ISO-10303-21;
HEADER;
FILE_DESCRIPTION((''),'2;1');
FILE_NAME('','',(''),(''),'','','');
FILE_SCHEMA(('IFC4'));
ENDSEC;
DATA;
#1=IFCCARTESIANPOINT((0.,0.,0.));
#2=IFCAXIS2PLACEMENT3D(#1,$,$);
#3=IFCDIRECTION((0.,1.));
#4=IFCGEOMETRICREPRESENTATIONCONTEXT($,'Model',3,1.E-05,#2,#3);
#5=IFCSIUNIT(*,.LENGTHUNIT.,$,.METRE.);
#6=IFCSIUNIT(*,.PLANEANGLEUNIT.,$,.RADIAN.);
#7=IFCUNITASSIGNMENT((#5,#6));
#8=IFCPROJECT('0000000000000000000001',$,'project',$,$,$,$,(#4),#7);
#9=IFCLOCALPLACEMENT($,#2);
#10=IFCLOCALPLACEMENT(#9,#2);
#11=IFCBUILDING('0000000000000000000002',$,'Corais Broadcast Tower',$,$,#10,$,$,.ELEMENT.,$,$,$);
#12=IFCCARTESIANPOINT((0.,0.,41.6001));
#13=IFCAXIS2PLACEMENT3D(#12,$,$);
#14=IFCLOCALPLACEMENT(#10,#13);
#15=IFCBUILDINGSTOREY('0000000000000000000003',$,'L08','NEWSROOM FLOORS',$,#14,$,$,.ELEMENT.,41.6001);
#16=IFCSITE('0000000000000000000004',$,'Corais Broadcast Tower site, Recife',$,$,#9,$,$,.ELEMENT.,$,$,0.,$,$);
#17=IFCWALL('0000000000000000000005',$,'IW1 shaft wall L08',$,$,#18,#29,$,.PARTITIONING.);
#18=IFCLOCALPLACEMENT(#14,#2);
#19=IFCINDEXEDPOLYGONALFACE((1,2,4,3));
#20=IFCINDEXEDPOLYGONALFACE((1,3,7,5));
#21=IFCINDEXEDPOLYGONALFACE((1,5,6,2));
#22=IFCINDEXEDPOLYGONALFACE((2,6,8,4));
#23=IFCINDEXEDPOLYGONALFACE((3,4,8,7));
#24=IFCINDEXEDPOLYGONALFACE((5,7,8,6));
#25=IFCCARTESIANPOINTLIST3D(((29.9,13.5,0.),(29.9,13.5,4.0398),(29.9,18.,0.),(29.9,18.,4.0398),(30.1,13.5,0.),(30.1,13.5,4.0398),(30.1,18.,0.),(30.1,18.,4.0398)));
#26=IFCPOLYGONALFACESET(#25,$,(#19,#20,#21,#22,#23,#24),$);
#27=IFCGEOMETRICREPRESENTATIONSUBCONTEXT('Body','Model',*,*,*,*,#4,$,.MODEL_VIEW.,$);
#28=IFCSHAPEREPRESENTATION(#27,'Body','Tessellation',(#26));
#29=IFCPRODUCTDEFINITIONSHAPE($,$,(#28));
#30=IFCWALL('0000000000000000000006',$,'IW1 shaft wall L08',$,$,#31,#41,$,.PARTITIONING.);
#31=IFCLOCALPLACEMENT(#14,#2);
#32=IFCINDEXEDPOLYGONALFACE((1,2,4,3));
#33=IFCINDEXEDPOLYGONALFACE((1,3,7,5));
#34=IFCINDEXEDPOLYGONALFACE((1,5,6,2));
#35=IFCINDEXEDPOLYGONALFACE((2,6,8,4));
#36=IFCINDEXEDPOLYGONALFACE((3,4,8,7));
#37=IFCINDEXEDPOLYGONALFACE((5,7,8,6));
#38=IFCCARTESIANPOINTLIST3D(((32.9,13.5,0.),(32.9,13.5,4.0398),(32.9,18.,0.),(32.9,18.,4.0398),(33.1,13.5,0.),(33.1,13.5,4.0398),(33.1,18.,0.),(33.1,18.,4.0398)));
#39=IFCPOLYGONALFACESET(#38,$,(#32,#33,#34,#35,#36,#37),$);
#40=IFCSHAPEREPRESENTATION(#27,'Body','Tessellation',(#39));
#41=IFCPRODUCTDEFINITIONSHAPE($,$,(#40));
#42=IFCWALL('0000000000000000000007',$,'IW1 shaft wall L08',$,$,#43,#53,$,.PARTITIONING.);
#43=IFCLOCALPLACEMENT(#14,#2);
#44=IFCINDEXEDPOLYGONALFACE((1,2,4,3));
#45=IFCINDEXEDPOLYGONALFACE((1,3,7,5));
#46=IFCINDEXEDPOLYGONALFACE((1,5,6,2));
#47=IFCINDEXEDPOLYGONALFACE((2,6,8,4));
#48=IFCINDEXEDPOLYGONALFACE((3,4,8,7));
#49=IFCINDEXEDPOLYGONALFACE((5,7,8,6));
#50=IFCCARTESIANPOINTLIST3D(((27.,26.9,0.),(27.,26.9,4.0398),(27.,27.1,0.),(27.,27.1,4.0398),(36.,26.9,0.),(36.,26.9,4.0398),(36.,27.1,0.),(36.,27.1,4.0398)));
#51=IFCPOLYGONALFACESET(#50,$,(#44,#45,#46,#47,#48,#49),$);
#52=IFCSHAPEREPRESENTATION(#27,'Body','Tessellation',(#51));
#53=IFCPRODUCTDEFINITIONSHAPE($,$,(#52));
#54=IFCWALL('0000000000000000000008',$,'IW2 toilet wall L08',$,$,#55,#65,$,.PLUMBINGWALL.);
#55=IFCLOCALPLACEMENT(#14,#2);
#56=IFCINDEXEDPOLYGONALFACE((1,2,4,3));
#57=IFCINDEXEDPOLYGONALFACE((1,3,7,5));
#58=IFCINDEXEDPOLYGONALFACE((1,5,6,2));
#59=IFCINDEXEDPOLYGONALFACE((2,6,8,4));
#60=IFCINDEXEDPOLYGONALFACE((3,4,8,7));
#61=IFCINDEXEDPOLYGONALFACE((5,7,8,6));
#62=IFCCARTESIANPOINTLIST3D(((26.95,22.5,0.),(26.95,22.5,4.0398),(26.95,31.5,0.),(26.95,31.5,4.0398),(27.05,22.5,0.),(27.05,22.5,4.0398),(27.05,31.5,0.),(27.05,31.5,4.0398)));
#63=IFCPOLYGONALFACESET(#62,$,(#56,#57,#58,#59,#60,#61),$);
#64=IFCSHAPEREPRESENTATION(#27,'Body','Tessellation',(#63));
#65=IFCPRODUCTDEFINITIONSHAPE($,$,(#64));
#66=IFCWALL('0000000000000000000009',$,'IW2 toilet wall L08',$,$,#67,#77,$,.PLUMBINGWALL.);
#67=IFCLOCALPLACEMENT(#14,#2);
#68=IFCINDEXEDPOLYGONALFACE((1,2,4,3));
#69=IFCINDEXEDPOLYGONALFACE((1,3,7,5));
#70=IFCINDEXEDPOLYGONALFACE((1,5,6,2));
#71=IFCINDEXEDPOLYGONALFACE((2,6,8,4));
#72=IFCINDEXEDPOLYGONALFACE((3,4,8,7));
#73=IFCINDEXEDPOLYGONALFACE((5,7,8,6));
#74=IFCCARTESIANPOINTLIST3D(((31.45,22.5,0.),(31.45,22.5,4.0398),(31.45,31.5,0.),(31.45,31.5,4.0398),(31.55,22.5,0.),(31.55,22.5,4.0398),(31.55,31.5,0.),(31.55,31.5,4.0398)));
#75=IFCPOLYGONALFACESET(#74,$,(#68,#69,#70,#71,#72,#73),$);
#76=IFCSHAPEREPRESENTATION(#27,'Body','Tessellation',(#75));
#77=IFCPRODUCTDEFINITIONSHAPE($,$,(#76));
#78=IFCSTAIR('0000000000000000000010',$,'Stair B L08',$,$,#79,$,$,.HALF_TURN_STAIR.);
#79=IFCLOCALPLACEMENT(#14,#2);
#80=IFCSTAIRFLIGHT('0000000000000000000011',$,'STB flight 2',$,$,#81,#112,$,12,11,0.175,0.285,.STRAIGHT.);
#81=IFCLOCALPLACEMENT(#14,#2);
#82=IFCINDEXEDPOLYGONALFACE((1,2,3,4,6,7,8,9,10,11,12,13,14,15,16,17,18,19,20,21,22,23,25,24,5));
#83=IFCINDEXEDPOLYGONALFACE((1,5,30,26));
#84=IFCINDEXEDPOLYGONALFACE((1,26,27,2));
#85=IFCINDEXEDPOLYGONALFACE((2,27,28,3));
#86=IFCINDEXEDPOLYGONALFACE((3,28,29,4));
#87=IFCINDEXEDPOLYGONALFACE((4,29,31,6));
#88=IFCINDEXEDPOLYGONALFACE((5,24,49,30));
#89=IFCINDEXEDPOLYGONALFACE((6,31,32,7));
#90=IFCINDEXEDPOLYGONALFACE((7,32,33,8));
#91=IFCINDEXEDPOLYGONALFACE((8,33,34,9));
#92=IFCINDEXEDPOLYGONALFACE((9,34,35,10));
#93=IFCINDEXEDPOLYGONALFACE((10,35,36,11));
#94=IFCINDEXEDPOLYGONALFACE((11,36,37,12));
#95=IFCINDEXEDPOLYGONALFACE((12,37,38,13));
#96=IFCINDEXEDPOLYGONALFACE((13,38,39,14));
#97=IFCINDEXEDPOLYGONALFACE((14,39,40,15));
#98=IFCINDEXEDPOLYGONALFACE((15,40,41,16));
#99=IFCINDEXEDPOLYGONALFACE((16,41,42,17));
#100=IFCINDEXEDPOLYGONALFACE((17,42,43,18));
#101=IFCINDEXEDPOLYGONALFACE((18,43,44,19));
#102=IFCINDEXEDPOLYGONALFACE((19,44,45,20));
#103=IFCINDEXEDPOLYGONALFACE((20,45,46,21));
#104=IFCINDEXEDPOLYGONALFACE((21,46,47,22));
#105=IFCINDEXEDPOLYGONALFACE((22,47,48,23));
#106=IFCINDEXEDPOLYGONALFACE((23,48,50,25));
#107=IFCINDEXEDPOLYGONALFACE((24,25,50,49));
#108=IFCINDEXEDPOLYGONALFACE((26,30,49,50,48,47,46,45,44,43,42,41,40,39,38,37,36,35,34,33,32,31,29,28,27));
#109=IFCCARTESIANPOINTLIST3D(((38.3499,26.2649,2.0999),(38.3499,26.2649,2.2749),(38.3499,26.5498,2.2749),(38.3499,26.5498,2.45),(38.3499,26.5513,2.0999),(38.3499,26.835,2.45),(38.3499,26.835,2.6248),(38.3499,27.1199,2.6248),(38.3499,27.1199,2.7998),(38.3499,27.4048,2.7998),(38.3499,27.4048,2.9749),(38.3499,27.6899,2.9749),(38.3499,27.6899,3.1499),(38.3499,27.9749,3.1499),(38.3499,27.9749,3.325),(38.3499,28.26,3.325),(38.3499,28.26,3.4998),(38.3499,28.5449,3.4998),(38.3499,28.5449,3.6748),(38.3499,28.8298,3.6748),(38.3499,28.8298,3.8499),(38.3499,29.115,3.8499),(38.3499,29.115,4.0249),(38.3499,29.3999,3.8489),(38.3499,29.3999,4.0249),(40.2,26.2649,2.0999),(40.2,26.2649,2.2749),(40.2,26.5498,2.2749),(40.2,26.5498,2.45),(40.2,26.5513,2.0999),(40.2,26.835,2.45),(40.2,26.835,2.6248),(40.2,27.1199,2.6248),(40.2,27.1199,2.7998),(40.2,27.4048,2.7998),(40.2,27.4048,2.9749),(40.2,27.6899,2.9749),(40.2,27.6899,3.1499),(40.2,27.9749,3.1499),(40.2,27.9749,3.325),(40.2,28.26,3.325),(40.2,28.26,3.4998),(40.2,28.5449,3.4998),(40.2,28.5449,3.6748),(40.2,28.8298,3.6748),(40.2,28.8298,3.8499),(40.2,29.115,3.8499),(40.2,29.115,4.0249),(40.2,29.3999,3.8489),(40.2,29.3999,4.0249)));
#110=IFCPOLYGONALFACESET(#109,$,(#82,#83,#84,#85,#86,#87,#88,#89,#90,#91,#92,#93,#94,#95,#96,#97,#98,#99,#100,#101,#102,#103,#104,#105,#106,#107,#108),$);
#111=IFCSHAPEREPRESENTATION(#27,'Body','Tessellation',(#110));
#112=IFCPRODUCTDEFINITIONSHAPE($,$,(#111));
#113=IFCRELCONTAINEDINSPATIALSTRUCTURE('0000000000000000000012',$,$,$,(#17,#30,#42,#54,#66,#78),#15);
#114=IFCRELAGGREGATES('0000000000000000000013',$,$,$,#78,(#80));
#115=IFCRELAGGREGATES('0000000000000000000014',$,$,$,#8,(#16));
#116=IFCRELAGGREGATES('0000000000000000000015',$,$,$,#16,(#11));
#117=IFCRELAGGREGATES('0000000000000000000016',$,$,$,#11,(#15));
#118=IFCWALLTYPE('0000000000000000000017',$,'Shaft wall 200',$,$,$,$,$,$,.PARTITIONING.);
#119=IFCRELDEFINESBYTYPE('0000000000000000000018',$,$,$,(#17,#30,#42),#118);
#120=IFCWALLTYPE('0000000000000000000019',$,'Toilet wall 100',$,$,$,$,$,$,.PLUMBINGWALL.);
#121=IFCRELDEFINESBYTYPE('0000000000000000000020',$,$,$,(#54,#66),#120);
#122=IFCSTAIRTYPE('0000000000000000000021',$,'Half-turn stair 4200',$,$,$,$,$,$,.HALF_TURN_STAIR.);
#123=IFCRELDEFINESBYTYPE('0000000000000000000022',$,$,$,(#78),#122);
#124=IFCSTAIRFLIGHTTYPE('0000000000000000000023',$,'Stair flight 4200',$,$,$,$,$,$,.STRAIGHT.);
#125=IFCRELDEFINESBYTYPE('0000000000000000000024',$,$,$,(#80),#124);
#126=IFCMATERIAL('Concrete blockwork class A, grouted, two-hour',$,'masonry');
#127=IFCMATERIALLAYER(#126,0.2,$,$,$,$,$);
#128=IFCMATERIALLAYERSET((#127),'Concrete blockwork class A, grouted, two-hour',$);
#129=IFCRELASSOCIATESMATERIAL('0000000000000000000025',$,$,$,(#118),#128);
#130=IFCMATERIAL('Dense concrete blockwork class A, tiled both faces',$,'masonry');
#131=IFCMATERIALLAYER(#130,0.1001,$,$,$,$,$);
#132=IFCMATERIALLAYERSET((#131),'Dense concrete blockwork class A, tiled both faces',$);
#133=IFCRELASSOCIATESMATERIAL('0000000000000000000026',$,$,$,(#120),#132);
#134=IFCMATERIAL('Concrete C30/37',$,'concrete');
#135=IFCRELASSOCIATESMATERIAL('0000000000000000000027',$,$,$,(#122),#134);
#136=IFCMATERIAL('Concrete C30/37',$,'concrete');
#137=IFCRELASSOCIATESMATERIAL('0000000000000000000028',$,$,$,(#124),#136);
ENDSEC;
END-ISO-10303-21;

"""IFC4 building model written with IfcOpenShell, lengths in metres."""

from ifc_helpers import new_model, si_unit, direction, frame, frame_2d, origin, place, context, subcontext, project, spatial, polyline, rectangle, outline, extrude, material, layer, layer_set, type_object, element, aggregate, save


model = new_model("IFC4")

# Units and contexts
model_context = context("Model", 3, precision=1e-05, world=origin(), true_north=direction((0.0, 1.0)))
body_context = subcontext(model_context, "Body", "Model", "MODEL_VIEW")
ifc_project = project(units=[si_unit("LENGTHUNIT", "METRE"), si_unit("PLANEANGLEUNIT", "RADIAN")], contexts=[model_context])

# Site, building, storey
site_placement = place(None, origin())
site = spatial("IfcSite", under=ifc_project, at=site_placement, Name="Corais Broadcast Tower site, Recife", CompositionType="ELEMENT", RefElevation=0.0)
building_placement = place(site_placement, origin())
building = spatial("IfcBuilding", under=site, at=building_placement, Name="Corais Broadcast Tower", CompositionType="ELEMENT")
storey_placement = place(building_placement, frame((0.0, 0.0, 41.6001)))
storey = spatial("IfcBuildingStorey", under=building, at=storey_placement, Name="L08", Description="NEWSROOM FLOORS", CompositionType="ELEMENT", Elevation=41.6001)

# Walls
ifc_material_1 = material(Name="Concrete blockwork class A, grouted, two-hour", Category="masonry")
ifc_layer_1 = layer(ifc_material_1, 0.2)
ifc_layer_set_1 = layer_set([ifc_layer_1], Name="Concrete blockwork class A, grouted, two-hour")
wall_type_1 = type_object("IfcWallType", Name="Shaft wall 200", PredefinedType="PARTITIONING", material=ifc_layer_set_1)
for number, where, z_axis, x_axis, name in (
    (1, (30.0, 13.5, 0.0), (0.0, 0.0, 1.0), (0.0, 1.0, 0.0), "IW1 shaft wall L08"),
    (2, (33.0, 13.5, 0.0), (0.0, 0.0, 1.0), (0.0, 1.0, 0.0), "IW1 shaft wall L08"),
):
    element("IfcWall", number, at=place(storey_placement, frame(where, z_axis=z_axis, x_axis=x_axis)), inside=storey, type_object=wall_type_1, Name=name, PredefinedType="PARTITIONING", context=body_context, shape_type="SweptSolid", body=[
        extrude(rectangle(XDim=4.5, YDim=0.2, at=frame_2d((2.25, 0.0))), origin(), (0.0, 0.0, 1.0), 4.0398),
    ])
wall_1_placement = place(storey_placement, frame((27.0, 27.0, 0.0), z_axis=(0.0, 0.0, 1.0), x_axis=(1.0, 0.0, 0.0)))
element("IfcWall", 3, at=wall_1_placement, inside=storey, type_object=wall_type_1, Name="IW1 shaft wall L08", PredefinedType="PARTITIONING", context=body_context, shape_type="SweptSolid", body=[
    extrude(rectangle(XDim=9.0, YDim=0.2, at=frame_2d((4.5, 0.0))), origin(), (0.0, 0.0, 1.0), 4.0398),
])
ifc_material_2 = material(Name="Dense concrete blockwork class A, tiled both faces", Category="masonry")
ifc_layer_2 = layer(ifc_material_2, 0.1001)
ifc_layer_set_2 = layer_set([ifc_layer_2], Name="Dense concrete blockwork class A, tiled both faces")
wall_type_2 = type_object("IfcWallType", Name="Toilet wall 100", PredefinedType="PLUMBINGWALL", material=ifc_layer_set_2)
for number, where, z_axis, x_axis, name in (
    (4, (27.0, 22.5, 0.0), (0.0, 0.0, 1.0), (0.0, 1.0, 0.0), "IW2 toilet wall L08"),
    (5, (31.5, 22.5, 0.0), (0.0, 0.0, 1.0), (0.0, 1.0, 0.0), "IW2 toilet wall L08"),
):
    element("IfcWall", number, at=place(storey_placement, frame(where, z_axis=z_axis, x_axis=x_axis)), inside=storey, type_object=wall_type_2, Name=name, PredefinedType="PLUMBINGWALL", context=body_context, shape_type="SweptSolid", body=[
        extrude(rectangle(XDim=9.0, YDim=0.1001, at=frame_2d((4.5, 0.0))), origin(), (0.0, 0.0, 1.0), 4.0398),
    ])

# Stair, stair flight
ifc_material_3 = material(Name="Concrete C30/37", Category="concrete")
stair_type = type_object("IfcStairType", Name="Half-turn stair 4200", PredefinedType="HALF_TURN_STAIR", material=ifc_material_3)
stair_placement = place(storey_placement, origin())
stair = element("IfcStair", 6, at=stair_placement, inside=storey, type_object=stair_type, Name="Stair B L08", PredefinedType="HALF_TURN_STAIR")
ifc_material_4 = material(Name="Concrete C30/37", Category="concrete")
stair_flight_type = type_object("IfcStairFlightType", Name="Stair flight 4200", PredefinedType="STRAIGHT", material=ifc_material_4)
stair_flight_placement = place(storey_placement, frame((39.2749, 26.2649, 2.0999), z_axis=(0.0, 0.0, 1.0), x_axis=(0.0, 1.0, 0.0)))
stair_flight = element("IfcStairFlight", 7, at=stair_flight_placement, type_object=stair_flight_type, Name="STB flight 2", NumberOfRisers=12, NumberOfTreads=11, PredefinedType="STRAIGHT", RiserHeight=0.175, TreadLength=0.285, context=body_context, shape_type="SweptSolid", body=[
    extrude(outline(polyline([(0.0, 0.0), (0.0, 0.175), (0.2849, 0.175), (0.2849, 0.3501), (0.5701, 0.3501), (0.5701, 0.5249), (0.855, 0.5249), (0.855, 0.7), (1.1399, 0.7), (1.1399, 0.875), (1.425, 0.875), (1.425, 1.05), (1.71, 1.05), (1.71, 1.2251), (1.9951, 1.2251), (1.9951, 1.3999), (2.28, 1.3999), (2.28, 1.575), (2.5649, 1.575), (2.5649, 1.75), (2.8501, 1.75), (2.8501, 1.925), (3.135, 1.925), (3.135, 2.1001), (3.135, 1.749), (0.2864, 0.0), (0.0, 0.0)])), frame((0.0, 0.925, 0.0), z_axis=(0.0, -1.0, 0.0), x_axis=(1.0, 0.0, 0.0)), (0.0, 0.0, 1.0), 1.8501),
])
aggregate(stair, [stair_flight])

save(model, "model.ifc")
